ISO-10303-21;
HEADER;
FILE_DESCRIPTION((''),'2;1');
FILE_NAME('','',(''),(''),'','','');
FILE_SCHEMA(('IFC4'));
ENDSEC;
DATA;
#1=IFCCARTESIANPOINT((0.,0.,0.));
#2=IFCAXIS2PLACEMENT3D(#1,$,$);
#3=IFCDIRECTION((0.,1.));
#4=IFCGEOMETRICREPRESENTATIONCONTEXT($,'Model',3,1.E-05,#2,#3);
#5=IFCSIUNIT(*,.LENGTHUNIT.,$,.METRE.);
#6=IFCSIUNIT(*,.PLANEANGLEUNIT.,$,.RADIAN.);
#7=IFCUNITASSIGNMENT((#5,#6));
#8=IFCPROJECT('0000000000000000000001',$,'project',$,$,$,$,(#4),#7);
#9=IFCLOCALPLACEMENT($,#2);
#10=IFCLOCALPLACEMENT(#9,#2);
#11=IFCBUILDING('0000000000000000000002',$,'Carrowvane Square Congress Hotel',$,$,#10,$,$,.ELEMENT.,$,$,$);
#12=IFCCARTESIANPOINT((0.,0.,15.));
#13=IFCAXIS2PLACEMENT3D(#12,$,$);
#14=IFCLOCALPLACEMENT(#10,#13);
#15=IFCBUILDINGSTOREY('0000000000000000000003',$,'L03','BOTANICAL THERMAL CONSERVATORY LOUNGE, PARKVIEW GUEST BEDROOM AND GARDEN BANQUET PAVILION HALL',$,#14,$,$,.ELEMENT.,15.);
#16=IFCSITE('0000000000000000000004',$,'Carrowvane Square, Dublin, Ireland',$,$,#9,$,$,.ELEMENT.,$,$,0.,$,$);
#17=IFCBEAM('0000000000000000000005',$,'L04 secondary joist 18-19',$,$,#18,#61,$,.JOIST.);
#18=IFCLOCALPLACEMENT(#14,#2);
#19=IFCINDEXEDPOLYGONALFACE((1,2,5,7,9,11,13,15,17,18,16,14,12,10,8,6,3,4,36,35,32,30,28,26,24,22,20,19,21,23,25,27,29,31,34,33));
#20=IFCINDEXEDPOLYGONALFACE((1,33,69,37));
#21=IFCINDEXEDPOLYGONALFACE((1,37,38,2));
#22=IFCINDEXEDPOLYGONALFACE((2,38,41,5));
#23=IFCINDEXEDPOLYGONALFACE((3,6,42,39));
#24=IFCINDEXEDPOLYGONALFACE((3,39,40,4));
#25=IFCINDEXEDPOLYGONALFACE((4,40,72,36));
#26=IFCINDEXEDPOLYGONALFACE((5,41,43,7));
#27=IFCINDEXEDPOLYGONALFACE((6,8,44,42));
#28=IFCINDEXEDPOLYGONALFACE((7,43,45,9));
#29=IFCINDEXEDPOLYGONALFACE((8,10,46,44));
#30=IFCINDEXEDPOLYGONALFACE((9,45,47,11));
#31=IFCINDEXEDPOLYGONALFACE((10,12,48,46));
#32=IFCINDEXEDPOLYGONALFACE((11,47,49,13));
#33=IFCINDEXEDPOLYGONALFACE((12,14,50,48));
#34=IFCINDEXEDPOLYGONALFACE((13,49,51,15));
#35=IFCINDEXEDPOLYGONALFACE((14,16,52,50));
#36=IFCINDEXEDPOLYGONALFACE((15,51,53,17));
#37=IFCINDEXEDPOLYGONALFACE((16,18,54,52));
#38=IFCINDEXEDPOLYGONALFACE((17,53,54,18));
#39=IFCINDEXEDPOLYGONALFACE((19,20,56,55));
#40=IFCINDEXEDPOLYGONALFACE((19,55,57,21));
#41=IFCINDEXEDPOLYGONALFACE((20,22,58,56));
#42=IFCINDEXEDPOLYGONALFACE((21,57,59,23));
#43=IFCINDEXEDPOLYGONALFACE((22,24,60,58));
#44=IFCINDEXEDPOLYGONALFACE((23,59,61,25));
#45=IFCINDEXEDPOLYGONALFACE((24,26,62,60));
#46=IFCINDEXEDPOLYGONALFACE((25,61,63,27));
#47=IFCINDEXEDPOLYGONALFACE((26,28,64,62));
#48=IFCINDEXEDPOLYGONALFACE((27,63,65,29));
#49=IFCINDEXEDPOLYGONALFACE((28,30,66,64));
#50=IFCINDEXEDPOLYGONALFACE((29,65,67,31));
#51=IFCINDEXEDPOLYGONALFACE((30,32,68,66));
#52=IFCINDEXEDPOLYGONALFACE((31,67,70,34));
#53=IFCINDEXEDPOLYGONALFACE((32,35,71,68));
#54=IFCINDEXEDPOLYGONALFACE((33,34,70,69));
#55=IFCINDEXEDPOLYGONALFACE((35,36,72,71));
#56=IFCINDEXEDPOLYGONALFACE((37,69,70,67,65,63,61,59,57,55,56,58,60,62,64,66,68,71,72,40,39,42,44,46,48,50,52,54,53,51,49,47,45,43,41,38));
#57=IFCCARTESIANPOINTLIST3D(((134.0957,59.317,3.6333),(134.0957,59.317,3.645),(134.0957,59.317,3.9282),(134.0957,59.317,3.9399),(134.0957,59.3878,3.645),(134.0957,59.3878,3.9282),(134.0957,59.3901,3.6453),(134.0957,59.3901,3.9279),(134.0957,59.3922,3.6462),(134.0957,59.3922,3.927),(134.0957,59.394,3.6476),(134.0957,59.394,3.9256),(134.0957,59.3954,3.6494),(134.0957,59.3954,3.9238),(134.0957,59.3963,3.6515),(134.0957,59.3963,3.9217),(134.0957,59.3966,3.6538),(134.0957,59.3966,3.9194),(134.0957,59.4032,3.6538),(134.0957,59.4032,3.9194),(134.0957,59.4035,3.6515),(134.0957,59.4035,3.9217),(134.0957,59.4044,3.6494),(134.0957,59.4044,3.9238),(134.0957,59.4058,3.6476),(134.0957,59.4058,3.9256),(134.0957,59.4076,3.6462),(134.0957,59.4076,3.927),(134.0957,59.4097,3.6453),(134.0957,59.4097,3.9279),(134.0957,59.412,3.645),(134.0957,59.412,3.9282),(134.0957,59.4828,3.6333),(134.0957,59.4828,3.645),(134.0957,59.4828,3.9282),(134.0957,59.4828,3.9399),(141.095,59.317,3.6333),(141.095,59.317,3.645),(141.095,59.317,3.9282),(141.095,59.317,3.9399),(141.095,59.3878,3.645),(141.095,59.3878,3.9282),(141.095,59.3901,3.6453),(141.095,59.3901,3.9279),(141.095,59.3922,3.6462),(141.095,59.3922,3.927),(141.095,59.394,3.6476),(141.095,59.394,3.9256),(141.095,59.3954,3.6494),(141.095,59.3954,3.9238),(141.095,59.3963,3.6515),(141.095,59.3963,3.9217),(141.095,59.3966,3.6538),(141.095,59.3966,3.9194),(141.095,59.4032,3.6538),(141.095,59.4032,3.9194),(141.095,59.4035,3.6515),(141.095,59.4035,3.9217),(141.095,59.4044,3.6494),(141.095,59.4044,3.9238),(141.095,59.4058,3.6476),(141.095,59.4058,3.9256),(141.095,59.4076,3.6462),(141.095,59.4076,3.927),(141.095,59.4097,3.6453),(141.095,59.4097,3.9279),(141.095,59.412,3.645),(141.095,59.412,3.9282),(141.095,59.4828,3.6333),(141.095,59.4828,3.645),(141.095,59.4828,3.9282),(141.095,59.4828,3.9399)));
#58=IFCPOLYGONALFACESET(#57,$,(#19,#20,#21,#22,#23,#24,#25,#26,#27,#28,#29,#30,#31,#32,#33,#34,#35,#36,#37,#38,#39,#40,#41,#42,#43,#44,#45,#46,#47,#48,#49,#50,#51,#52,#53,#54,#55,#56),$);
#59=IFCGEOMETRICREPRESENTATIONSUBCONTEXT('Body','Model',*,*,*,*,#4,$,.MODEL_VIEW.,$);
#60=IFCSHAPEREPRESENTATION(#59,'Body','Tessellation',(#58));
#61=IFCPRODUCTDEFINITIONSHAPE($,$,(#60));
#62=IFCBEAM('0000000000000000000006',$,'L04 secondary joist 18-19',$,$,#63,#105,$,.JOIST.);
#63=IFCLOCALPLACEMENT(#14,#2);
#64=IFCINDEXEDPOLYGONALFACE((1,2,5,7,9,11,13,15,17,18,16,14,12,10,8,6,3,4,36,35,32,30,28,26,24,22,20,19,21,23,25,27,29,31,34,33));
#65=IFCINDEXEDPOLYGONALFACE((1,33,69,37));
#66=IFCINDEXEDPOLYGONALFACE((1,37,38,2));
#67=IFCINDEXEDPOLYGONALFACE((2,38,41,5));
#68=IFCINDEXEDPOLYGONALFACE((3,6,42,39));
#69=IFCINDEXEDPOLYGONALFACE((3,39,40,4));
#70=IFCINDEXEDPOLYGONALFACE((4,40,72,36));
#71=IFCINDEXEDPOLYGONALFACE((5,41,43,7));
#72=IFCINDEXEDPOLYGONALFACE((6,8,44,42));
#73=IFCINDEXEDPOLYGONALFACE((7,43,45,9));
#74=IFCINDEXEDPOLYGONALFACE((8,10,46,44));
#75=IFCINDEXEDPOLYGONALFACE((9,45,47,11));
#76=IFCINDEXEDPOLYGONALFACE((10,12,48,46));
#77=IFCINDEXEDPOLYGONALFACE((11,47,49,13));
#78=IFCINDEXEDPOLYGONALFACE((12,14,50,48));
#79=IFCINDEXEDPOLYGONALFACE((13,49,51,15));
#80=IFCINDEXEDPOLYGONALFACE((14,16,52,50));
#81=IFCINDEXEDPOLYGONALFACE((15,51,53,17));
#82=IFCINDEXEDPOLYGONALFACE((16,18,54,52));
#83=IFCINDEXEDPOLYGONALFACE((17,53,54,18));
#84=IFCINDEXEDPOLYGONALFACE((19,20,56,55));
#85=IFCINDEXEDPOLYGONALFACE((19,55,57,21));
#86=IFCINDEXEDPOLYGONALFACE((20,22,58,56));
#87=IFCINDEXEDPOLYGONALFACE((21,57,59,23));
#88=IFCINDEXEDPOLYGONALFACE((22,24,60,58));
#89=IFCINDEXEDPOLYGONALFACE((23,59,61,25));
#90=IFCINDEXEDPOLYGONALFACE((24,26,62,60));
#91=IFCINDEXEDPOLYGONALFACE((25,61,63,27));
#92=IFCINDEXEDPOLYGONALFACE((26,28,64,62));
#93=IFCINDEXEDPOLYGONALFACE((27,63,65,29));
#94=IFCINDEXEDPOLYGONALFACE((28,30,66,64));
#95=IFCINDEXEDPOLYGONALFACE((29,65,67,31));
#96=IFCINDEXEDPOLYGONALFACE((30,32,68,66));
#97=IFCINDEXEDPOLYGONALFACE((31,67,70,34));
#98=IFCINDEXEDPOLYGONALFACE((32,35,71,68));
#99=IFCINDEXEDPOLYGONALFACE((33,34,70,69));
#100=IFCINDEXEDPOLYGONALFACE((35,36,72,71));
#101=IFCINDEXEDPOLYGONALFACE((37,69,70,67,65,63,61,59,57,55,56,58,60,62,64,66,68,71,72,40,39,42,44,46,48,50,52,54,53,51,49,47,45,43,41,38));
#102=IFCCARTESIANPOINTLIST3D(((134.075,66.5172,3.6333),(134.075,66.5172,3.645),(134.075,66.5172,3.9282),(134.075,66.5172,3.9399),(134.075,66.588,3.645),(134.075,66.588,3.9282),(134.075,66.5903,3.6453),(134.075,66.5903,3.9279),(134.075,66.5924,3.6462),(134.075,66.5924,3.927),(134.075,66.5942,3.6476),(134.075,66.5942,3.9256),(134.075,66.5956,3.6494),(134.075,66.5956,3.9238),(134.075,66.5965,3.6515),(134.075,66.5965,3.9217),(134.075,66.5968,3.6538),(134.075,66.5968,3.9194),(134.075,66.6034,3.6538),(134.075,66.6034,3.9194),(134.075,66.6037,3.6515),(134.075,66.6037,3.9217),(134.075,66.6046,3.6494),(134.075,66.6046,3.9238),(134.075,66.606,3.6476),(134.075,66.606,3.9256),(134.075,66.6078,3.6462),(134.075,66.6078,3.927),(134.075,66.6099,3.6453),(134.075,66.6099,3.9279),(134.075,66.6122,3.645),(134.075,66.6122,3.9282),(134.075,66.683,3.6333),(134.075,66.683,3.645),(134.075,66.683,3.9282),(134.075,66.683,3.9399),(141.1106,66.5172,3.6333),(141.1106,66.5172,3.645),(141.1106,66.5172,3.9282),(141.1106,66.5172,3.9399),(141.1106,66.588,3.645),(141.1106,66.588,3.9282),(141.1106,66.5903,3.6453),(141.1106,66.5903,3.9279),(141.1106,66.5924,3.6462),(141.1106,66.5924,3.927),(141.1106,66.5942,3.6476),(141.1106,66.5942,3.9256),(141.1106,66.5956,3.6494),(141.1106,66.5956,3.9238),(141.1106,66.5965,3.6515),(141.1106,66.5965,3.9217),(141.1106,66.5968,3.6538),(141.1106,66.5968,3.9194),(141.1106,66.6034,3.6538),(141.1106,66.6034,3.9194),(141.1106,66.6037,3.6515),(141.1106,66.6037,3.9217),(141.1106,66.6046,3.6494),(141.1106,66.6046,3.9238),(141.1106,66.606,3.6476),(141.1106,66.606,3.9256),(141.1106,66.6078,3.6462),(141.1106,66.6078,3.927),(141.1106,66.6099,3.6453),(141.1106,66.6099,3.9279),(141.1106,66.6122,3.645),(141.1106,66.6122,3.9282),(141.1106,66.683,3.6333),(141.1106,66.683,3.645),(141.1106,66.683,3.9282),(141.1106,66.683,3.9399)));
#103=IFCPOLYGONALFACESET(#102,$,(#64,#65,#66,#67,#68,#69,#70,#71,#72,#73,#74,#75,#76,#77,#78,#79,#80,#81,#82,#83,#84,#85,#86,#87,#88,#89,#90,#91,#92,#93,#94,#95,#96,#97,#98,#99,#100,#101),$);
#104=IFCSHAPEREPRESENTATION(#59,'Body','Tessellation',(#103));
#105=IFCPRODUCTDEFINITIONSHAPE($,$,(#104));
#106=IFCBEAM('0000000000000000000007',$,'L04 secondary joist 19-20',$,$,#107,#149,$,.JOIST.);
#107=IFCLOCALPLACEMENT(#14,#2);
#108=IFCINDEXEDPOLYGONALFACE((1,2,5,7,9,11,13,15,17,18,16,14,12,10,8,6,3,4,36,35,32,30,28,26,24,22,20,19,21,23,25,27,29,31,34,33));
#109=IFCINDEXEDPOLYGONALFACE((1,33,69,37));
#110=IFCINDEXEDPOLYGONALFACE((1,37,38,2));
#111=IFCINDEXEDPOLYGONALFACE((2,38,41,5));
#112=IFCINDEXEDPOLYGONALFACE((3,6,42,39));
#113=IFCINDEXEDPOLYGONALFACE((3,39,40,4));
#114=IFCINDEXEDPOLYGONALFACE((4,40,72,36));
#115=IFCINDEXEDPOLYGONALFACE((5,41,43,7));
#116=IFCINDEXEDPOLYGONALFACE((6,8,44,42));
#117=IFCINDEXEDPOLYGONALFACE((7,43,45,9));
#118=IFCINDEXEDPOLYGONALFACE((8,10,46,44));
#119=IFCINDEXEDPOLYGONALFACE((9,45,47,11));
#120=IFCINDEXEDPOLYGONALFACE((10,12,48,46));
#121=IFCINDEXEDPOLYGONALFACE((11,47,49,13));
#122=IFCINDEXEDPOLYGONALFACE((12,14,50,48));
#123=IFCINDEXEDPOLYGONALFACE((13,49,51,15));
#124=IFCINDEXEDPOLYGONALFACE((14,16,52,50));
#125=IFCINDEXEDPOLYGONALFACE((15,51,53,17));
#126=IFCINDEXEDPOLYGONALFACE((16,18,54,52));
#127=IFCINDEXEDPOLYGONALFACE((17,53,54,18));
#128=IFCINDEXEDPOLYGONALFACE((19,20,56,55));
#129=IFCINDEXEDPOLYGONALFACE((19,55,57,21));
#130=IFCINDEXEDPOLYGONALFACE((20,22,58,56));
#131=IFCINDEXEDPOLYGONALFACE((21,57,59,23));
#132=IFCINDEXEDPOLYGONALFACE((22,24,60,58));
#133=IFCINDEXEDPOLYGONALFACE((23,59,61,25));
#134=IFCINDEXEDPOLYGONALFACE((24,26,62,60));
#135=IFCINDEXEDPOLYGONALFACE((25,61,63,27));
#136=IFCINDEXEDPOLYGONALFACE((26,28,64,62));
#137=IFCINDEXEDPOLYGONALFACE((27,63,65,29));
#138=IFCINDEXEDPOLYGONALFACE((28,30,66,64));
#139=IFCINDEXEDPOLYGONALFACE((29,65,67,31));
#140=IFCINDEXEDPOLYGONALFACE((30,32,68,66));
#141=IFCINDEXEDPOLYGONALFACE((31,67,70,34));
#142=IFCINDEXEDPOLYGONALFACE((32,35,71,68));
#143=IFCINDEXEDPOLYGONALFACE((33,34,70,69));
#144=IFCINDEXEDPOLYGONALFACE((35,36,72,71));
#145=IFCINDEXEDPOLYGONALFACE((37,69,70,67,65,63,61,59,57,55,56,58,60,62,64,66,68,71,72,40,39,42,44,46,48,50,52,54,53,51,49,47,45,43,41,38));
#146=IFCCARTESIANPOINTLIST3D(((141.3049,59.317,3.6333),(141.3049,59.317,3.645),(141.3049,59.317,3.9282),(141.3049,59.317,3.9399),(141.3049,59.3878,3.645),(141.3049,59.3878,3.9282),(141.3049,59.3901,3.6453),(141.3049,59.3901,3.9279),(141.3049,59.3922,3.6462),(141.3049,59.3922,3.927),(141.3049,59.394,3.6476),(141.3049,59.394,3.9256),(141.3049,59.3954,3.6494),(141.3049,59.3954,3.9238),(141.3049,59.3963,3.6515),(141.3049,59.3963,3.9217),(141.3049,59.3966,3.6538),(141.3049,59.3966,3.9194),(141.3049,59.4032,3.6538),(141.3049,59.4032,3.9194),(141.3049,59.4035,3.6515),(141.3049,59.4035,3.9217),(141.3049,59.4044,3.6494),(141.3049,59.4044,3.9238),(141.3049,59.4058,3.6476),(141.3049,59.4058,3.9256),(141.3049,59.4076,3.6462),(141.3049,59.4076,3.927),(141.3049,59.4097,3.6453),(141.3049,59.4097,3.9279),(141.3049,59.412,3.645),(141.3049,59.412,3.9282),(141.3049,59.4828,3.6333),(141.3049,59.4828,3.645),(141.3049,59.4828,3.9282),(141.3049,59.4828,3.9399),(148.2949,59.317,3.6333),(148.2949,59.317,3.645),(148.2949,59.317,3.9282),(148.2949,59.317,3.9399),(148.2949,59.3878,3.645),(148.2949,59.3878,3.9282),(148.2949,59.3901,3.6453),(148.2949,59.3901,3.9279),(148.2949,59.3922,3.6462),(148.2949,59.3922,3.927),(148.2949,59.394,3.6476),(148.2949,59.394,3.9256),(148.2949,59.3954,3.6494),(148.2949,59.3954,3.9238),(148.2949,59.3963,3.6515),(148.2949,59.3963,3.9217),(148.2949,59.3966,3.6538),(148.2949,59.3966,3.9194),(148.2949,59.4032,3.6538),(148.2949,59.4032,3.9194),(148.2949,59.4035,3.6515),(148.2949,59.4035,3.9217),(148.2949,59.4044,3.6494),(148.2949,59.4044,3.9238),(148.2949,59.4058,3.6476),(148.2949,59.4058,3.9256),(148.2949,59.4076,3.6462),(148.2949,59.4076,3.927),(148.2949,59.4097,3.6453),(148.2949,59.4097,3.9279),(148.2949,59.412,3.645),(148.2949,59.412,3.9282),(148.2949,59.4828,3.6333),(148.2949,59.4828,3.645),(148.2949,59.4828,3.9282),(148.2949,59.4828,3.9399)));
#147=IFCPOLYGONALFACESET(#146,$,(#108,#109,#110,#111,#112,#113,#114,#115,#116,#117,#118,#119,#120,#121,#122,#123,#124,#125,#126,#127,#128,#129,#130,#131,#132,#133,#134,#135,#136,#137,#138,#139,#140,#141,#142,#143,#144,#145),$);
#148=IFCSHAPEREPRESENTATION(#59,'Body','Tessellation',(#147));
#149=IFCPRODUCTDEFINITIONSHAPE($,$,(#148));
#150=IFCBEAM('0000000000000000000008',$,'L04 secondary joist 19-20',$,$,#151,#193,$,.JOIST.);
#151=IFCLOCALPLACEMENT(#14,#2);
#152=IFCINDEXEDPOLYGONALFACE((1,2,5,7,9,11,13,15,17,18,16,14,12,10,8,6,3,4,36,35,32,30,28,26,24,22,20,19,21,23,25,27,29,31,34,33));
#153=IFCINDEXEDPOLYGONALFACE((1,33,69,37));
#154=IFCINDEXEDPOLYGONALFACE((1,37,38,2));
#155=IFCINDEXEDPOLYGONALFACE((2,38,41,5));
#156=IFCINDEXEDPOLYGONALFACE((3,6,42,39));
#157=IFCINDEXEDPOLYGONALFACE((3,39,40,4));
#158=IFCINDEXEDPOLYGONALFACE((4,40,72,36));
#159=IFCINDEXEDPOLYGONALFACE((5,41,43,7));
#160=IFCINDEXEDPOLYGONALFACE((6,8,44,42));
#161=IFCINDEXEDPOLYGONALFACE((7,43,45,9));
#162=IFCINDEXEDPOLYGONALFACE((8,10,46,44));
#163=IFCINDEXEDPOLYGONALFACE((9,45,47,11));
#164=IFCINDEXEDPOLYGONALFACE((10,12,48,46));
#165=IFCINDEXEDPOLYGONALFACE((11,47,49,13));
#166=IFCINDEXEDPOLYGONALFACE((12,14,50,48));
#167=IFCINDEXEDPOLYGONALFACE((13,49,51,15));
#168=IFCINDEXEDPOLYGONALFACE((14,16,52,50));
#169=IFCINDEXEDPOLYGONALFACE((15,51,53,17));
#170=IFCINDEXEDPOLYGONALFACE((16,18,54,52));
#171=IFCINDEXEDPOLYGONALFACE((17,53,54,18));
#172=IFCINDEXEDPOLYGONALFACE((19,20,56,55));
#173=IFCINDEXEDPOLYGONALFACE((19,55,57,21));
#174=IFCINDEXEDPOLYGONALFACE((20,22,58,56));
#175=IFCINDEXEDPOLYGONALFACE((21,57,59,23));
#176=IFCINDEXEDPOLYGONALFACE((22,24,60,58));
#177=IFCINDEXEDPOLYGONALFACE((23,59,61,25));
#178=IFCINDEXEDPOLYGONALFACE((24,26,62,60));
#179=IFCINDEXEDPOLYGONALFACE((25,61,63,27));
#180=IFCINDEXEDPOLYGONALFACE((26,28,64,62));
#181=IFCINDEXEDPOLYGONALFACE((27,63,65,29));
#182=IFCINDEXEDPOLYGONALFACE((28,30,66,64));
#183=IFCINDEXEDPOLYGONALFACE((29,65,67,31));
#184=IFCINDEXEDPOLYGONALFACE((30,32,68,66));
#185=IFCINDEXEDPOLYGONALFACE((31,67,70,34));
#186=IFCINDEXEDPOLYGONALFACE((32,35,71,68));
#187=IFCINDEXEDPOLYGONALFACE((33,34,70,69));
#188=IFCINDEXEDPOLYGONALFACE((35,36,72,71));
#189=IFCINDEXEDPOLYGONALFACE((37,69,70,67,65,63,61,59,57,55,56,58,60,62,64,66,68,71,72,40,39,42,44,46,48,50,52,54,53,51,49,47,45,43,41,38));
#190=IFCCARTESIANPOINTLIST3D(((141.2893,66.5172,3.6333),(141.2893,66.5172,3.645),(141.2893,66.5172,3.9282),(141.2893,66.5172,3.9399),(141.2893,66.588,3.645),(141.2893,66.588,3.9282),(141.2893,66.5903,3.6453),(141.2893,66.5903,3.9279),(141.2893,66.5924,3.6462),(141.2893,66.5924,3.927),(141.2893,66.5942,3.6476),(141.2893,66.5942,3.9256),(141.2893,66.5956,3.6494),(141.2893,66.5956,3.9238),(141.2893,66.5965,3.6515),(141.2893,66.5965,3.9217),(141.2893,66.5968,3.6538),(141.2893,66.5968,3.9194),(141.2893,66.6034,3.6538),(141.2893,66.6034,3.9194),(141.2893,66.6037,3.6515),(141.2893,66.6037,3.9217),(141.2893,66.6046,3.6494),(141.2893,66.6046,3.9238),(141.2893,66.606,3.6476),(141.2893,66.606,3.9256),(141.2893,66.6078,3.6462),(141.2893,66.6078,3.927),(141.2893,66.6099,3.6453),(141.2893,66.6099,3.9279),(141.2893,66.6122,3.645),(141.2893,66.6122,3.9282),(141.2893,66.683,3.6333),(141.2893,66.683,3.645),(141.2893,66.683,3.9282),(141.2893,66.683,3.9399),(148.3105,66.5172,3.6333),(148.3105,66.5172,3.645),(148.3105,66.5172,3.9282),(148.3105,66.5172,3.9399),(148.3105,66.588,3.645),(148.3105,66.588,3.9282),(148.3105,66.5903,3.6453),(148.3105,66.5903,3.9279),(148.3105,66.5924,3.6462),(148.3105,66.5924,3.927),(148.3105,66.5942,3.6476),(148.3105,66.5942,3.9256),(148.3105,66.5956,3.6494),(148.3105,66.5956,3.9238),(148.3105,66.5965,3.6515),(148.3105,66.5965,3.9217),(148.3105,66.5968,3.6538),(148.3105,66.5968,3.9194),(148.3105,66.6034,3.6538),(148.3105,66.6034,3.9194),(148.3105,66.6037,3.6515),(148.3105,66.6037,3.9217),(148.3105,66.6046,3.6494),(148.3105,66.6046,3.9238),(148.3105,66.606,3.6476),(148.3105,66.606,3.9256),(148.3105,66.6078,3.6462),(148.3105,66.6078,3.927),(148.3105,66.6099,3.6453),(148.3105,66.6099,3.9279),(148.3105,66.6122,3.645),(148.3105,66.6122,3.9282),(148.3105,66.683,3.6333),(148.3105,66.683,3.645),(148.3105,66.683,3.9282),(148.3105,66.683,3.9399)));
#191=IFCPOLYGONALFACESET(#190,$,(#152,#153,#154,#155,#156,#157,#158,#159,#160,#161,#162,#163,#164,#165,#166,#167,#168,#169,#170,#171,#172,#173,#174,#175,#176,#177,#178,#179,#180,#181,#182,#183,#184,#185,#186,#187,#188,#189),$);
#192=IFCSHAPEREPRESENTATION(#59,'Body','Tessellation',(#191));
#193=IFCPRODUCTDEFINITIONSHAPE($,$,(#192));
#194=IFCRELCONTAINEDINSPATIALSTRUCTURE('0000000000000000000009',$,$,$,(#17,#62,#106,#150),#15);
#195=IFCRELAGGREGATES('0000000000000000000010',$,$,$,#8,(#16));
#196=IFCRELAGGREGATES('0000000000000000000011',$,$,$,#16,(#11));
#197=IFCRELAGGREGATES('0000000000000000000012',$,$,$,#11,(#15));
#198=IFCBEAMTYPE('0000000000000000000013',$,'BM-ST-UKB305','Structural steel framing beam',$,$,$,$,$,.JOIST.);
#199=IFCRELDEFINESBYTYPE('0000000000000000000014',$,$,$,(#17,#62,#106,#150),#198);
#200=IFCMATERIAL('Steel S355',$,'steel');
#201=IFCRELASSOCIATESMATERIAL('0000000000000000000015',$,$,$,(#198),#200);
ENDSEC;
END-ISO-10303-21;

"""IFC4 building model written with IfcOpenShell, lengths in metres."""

from ifc_helpers import new_model, si_unit, direction, frame, origin, origin_2d, place, context, subcontext, project, spatial, i_section, extrude, material, material_profile, profile_set, type_object, element, save


model = new_model("IFC4")

# Units and contexts
model_context = context("Model", 3, precision=1e-05, world=origin(), true_north=direction((0.0, 1.0)))
body_context = subcontext(model_context, "Body", "Model", "MODEL_VIEW")
ifc_project = project(units=[si_unit("LENGTHUNIT", "METRE"), si_unit("PLANEANGLEUNIT", "RADIAN")], contexts=[model_context])

# Site, building, storey
site_placement = place(None, origin())
site = spatial("IfcSite", under=ifc_project, at=site_placement, Name="Carrowvane Square, Dublin, Ireland", CompositionType="ELEMENT", RefElevation=0.0)
building_placement = place(site_placement, origin())
building = spatial("IfcBuilding", under=site, at=building_placement, Name="Carrowvane Square Congress Hotel", CompositionType="ELEMENT")
storey_placement = place(building_placement, frame((0.0, 0.0, 15.0)))
storey = spatial("IfcBuildingStorey", under=building, at=storey_placement, Name="L03", Description="BOTANICAL THERMAL CONSERVATORY LOUNGE, PARKVIEW GUEST BEDROOM AND GARDEN BANQUET PAVILION HALL", CompositionType="ELEMENT", Elevation=15.0)

# Beams
ifc_material_1 = material(Name="Steel S355", Category="steel")
ifc_material_profile_1 = material_profile(ifc_material_1, i_section(OverallWidth=0.1658, OverallDepth=0.3066, WebThickness=0.0066, FlangeThickness=0.0117, FilletRadius=0.0088, at=origin_2d()), Name="UKB 305x165x46")
ifc_profile_set_1 = profile_set([ifc_material_profile_1], Name="Steel S355")
beam_type_1 = type_object("IfcBeamType", Name="BM-ST-UKB305", Description="Structural steel framing beam", PredefinedType="JOIST", material=ifc_profile_set_1)
beam_1_placement = place(storey_placement, frame((134.0957, 59.3999, 3.7866), z_axis=(1.0, 0.0, 0.0), x_axis=(0.0, 1.0, 0.0)))
element("IfcBeam", 1, at=beam_1_placement, inside=storey, type_object=beam_type_1, Name="L04 secondary joist 18-19", PredefinedType="JOIST", context=body_context, shape_type="SweptSolid", body=[
    extrude(i_section(OverallWidth=0.1658, OverallDepth=0.3066, WebThickness=0.0066, FlangeThickness=0.0117, FilletRadius=0.0088, at=origin_2d()), origin(), (0.0, 0.0, 1.0), 6.9993),
])
beam_2_placement = place(storey_placement, frame((134.075, 66.6001, 3.7866), z_axis=(1.0, 0.0, 0.0), x_axis=(0.0, 1.0, 0.0)))
element("IfcBeam", 2, at=beam_2_placement, inside=storey, type_object=beam_type_1, Name="L04 secondary joist 18-19", PredefinedType="JOIST", context=body_context, shape_type="SweptSolid", body=[
    extrude(i_section(OverallWidth=0.1658, OverallDepth=0.3066, WebThickness=0.0066, FlangeThickness=0.0117, FilletRadius=0.0088, at=origin_2d()), origin(), (0.0, 0.0, 1.0), 7.0356),
])
beam_3_placement = place(storey_placement, frame((141.3049, 59.3999, 3.7866), z_axis=(1.0, 0.0, 0.0), x_axis=(0.0, 1.0, 0.0)))
element("IfcBeam", 3, at=beam_3_placement, inside=storey, type_object=beam_type_1, Name="L04 secondary joist 19-20", PredefinedType="JOIST", context=body_context, shape_type="SweptSolid", body=[
    extrude(i_section(OverallWidth=0.1658, OverallDepth=0.3066, WebThickness=0.0066, FlangeThickness=0.0117, FilletRadius=0.0088, at=origin_2d()), origin(), (0.0, 0.0, 1.0), 6.99),
])
beam_4_placement = place(storey_placement, frame((141.2893, 66.6001, 3.7866), z_axis=(1.0, 0.0, 0.0), x_axis=(0.0, 1.0, 0.0)))
element("IfcBeam", 4, at=beam_4_placement, inside=storey, type_object=beam_type_1, Name="L04 secondary joist 19-20", PredefinedType="JOIST", context=body_context, shape_type="SweptSolid", body=[
    extrude(i_section(OverallWidth=0.1658, OverallDepth=0.3066, WebThickness=0.0066, FlangeThickness=0.0117, FilletRadius=0.0088, at=origin_2d()), origin(), (0.0, 0.0, 1.0), 7.0212),
])

save(model, "model.ifc")
